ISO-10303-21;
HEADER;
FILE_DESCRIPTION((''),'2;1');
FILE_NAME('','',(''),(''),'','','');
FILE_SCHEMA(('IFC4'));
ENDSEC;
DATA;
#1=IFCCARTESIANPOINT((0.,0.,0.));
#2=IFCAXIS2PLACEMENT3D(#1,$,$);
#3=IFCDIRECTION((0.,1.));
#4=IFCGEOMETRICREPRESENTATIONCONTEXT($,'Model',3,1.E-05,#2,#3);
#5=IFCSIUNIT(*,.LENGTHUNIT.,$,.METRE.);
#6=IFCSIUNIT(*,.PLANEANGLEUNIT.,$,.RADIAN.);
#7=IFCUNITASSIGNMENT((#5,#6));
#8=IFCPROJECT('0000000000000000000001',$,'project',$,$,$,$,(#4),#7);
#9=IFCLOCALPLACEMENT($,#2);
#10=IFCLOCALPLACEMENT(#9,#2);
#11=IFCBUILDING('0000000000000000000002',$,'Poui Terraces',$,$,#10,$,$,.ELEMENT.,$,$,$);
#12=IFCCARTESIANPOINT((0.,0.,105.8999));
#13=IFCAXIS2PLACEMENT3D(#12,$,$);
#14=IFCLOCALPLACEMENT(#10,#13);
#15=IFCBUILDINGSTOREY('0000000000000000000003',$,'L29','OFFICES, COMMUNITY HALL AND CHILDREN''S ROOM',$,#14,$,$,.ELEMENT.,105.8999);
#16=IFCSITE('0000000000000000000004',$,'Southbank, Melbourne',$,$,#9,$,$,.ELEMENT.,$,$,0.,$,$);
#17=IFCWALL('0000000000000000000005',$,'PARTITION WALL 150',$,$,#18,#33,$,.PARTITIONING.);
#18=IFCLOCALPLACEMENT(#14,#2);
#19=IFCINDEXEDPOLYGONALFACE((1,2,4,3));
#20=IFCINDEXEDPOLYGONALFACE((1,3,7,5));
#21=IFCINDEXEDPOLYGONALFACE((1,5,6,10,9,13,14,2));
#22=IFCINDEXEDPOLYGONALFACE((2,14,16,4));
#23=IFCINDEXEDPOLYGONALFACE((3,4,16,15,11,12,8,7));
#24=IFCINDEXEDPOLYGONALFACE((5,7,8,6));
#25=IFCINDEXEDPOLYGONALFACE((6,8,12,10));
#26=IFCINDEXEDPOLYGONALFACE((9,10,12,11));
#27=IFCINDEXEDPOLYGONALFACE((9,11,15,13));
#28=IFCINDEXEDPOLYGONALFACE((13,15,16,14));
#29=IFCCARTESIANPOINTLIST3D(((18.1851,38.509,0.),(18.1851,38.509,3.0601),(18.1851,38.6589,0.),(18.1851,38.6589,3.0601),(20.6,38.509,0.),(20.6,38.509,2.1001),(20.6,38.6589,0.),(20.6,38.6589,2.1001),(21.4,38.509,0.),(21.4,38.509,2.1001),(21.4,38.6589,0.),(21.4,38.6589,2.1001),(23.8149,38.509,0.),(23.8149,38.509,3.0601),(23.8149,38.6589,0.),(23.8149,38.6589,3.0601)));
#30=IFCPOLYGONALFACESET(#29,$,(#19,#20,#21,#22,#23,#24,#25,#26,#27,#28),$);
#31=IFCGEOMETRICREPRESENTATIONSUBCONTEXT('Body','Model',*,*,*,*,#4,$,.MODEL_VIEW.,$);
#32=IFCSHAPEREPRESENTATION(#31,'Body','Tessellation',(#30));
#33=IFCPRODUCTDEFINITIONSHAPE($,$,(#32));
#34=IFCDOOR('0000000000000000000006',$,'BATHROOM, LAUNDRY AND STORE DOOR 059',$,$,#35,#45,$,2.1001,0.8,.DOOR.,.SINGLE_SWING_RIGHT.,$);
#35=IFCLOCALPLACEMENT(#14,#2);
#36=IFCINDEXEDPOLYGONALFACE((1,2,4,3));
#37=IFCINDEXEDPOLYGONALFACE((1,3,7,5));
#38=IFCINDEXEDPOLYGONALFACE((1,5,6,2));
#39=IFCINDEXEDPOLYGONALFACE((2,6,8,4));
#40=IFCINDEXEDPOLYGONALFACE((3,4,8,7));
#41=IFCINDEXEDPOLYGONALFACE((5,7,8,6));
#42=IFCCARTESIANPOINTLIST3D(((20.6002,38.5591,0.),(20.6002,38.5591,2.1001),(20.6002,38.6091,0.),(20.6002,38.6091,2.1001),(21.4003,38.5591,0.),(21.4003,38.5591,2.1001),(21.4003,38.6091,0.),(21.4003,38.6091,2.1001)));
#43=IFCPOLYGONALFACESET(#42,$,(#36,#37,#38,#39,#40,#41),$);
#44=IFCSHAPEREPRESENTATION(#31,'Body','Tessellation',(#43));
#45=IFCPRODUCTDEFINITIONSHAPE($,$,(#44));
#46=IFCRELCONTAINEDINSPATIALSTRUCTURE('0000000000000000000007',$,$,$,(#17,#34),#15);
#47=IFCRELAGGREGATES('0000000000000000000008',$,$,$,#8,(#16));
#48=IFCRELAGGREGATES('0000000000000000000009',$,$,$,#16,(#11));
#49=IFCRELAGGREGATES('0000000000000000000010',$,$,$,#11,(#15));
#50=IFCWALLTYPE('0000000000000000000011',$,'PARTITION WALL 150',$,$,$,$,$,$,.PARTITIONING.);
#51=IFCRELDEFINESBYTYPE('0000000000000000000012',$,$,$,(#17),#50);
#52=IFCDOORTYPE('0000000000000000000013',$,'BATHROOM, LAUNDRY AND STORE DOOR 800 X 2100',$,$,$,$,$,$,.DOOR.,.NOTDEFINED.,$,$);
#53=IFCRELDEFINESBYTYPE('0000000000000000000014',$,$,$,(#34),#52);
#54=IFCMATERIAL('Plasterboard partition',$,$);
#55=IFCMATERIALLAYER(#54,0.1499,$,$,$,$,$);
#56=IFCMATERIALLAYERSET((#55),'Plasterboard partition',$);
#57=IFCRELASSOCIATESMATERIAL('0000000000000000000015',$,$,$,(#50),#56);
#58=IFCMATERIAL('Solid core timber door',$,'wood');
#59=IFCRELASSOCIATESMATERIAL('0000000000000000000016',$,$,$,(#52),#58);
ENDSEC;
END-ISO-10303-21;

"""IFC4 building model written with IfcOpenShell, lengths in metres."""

from ifc_helpers import new_model, si_unit, direction, frame, frame_2d, origin, place, context, subcontext, project, spatial, rectangle, extrude, material, layer, layer_set, type_object, element, fill, save


model = new_model("IFC4")

# Units and contexts
model_context = context("Model", 3, precision=1e-05, world=origin(), true_north=direction((0.0, 1.0)))
body_context = subcontext(model_context, "Body", "Model", "MODEL_VIEW")
ifc_project = project(units=[si_unit("LENGTHUNIT", "METRE"), si_unit("PLANEANGLEUNIT", "RADIAN")], contexts=[model_context])

# Site, building, storey
site_placement = place(None, origin())
site = spatial("IfcSite", under=ifc_project, at=site_placement, Name="Southbank, Melbourne", CompositionType="ELEMENT", RefElevation=0.0)
building_placement = place(site_placement, origin())
building = spatial("IfcBuilding", under=site, at=building_placement, Name="Poui Terraces", CompositionType="ELEMENT")
storey_placement = place(building_placement, frame((0.0, 0.0, 105.8999)))
storey = spatial("IfcBuildingStorey", under=building, at=storey_placement, Name="L29", Description="OFFICES, COMMUNITY HALL AND CHILDREN'S ROOM", CompositionType="ELEMENT", Elevation=105.8999)

# Shared definitions
ifc_material_1 = material(Name="Solid core timber door", Category="wood")

# Wall, opening, door
ifc_material_2 = material(Name="Plasterboard partition")
ifc_layer_1 = layer(ifc_material_2, 0.1499)
ifc_layer_set_1 = layer_set([ifc_layer_1], Name="Plasterboard partition")
wall_type_1 = type_object("IfcWallType", Name="PARTITION WALL 150", PredefinedType="PARTITIONING", material=ifc_layer_set_1)
door_type_1 = type_object("IfcDoorType", Name="BATHROOM, LAUNDRY AND STORE DOOR 800 X 2100", OperationType="NOTDEFINED", PredefinedType="DOOR", material=ifc_material_1)
wall_1_placement = place(storey_placement, frame((18.1851, 38.584, 0.0), z_axis=(0.0, 0.0, 1.0), x_axis=(1.0, 0.0, 0.0)))
wall_1 = element("IfcWall", 1, at=wall_1_placement, inside=storey, type_object=wall_type_1, Name="PARTITION WALL 150", PredefinedType="PARTITIONING", context=body_context, shape_type="SweptSolid", body=[
    extrude(rectangle(XDim=5.6299, YDim=0.1499, at=frame_2d((2.8149, 0.0))), origin(), (0.0, 0.0, 1.0), 3.0601),
])
opening_1_placement = place(wall_1_placement, frame((2.415, 0.0, 0.0)))
opening_1 = element("IfcOpeningElement", 2, at=opening_1_placement, cuts=wall_1, PredefinedType="OPENING", context=body_context, shape_type="SweptSolid", body=[
    extrude(rectangle(XDim=0.8, YDim=2.1001, at=frame_2d((0.3999, 1.05))), frame((0.0, 0.085, 0.0), z_axis=(0.0, -1.0, 0.0), x_axis=(1.0, 0.0, 0.0)), (0.0, 0.0, 1.0), 0.1699),
])
door_1_placement = place(opening_1_placement, frame((0.8, 0.0, 0.0), z_axis=(0.0, 0.0, 1.0), x_axis=(-1.0, 0.0, 0.0)))
door_1 = element("IfcDoor", 3, at=door_1_placement, inside=storey, type_object=door_type_1, Name="BATHROOM, LAUNDRY AND STORE DOOR 059", OperationType="SINGLE_SWING_RIGHT", OverallHeight=2.1001, OverallWidth=0.8, PredefinedType="DOOR", context=body_context, shape_type="SweptSolid", body=[
    extrude(rectangle(XDim=0.8, YDim=2.1001, at=frame_2d((0.3999, 1.05))), frame((0.0, 0.0249, 0.0), z_axis=(0.0, -1.0, 0.0), x_axis=(1.0, 0.0, 0.0)), (0.0, 0.0, 1.0), 0.05),
])
fill(opening_1, door_1)

save(model, "model.ifc")
